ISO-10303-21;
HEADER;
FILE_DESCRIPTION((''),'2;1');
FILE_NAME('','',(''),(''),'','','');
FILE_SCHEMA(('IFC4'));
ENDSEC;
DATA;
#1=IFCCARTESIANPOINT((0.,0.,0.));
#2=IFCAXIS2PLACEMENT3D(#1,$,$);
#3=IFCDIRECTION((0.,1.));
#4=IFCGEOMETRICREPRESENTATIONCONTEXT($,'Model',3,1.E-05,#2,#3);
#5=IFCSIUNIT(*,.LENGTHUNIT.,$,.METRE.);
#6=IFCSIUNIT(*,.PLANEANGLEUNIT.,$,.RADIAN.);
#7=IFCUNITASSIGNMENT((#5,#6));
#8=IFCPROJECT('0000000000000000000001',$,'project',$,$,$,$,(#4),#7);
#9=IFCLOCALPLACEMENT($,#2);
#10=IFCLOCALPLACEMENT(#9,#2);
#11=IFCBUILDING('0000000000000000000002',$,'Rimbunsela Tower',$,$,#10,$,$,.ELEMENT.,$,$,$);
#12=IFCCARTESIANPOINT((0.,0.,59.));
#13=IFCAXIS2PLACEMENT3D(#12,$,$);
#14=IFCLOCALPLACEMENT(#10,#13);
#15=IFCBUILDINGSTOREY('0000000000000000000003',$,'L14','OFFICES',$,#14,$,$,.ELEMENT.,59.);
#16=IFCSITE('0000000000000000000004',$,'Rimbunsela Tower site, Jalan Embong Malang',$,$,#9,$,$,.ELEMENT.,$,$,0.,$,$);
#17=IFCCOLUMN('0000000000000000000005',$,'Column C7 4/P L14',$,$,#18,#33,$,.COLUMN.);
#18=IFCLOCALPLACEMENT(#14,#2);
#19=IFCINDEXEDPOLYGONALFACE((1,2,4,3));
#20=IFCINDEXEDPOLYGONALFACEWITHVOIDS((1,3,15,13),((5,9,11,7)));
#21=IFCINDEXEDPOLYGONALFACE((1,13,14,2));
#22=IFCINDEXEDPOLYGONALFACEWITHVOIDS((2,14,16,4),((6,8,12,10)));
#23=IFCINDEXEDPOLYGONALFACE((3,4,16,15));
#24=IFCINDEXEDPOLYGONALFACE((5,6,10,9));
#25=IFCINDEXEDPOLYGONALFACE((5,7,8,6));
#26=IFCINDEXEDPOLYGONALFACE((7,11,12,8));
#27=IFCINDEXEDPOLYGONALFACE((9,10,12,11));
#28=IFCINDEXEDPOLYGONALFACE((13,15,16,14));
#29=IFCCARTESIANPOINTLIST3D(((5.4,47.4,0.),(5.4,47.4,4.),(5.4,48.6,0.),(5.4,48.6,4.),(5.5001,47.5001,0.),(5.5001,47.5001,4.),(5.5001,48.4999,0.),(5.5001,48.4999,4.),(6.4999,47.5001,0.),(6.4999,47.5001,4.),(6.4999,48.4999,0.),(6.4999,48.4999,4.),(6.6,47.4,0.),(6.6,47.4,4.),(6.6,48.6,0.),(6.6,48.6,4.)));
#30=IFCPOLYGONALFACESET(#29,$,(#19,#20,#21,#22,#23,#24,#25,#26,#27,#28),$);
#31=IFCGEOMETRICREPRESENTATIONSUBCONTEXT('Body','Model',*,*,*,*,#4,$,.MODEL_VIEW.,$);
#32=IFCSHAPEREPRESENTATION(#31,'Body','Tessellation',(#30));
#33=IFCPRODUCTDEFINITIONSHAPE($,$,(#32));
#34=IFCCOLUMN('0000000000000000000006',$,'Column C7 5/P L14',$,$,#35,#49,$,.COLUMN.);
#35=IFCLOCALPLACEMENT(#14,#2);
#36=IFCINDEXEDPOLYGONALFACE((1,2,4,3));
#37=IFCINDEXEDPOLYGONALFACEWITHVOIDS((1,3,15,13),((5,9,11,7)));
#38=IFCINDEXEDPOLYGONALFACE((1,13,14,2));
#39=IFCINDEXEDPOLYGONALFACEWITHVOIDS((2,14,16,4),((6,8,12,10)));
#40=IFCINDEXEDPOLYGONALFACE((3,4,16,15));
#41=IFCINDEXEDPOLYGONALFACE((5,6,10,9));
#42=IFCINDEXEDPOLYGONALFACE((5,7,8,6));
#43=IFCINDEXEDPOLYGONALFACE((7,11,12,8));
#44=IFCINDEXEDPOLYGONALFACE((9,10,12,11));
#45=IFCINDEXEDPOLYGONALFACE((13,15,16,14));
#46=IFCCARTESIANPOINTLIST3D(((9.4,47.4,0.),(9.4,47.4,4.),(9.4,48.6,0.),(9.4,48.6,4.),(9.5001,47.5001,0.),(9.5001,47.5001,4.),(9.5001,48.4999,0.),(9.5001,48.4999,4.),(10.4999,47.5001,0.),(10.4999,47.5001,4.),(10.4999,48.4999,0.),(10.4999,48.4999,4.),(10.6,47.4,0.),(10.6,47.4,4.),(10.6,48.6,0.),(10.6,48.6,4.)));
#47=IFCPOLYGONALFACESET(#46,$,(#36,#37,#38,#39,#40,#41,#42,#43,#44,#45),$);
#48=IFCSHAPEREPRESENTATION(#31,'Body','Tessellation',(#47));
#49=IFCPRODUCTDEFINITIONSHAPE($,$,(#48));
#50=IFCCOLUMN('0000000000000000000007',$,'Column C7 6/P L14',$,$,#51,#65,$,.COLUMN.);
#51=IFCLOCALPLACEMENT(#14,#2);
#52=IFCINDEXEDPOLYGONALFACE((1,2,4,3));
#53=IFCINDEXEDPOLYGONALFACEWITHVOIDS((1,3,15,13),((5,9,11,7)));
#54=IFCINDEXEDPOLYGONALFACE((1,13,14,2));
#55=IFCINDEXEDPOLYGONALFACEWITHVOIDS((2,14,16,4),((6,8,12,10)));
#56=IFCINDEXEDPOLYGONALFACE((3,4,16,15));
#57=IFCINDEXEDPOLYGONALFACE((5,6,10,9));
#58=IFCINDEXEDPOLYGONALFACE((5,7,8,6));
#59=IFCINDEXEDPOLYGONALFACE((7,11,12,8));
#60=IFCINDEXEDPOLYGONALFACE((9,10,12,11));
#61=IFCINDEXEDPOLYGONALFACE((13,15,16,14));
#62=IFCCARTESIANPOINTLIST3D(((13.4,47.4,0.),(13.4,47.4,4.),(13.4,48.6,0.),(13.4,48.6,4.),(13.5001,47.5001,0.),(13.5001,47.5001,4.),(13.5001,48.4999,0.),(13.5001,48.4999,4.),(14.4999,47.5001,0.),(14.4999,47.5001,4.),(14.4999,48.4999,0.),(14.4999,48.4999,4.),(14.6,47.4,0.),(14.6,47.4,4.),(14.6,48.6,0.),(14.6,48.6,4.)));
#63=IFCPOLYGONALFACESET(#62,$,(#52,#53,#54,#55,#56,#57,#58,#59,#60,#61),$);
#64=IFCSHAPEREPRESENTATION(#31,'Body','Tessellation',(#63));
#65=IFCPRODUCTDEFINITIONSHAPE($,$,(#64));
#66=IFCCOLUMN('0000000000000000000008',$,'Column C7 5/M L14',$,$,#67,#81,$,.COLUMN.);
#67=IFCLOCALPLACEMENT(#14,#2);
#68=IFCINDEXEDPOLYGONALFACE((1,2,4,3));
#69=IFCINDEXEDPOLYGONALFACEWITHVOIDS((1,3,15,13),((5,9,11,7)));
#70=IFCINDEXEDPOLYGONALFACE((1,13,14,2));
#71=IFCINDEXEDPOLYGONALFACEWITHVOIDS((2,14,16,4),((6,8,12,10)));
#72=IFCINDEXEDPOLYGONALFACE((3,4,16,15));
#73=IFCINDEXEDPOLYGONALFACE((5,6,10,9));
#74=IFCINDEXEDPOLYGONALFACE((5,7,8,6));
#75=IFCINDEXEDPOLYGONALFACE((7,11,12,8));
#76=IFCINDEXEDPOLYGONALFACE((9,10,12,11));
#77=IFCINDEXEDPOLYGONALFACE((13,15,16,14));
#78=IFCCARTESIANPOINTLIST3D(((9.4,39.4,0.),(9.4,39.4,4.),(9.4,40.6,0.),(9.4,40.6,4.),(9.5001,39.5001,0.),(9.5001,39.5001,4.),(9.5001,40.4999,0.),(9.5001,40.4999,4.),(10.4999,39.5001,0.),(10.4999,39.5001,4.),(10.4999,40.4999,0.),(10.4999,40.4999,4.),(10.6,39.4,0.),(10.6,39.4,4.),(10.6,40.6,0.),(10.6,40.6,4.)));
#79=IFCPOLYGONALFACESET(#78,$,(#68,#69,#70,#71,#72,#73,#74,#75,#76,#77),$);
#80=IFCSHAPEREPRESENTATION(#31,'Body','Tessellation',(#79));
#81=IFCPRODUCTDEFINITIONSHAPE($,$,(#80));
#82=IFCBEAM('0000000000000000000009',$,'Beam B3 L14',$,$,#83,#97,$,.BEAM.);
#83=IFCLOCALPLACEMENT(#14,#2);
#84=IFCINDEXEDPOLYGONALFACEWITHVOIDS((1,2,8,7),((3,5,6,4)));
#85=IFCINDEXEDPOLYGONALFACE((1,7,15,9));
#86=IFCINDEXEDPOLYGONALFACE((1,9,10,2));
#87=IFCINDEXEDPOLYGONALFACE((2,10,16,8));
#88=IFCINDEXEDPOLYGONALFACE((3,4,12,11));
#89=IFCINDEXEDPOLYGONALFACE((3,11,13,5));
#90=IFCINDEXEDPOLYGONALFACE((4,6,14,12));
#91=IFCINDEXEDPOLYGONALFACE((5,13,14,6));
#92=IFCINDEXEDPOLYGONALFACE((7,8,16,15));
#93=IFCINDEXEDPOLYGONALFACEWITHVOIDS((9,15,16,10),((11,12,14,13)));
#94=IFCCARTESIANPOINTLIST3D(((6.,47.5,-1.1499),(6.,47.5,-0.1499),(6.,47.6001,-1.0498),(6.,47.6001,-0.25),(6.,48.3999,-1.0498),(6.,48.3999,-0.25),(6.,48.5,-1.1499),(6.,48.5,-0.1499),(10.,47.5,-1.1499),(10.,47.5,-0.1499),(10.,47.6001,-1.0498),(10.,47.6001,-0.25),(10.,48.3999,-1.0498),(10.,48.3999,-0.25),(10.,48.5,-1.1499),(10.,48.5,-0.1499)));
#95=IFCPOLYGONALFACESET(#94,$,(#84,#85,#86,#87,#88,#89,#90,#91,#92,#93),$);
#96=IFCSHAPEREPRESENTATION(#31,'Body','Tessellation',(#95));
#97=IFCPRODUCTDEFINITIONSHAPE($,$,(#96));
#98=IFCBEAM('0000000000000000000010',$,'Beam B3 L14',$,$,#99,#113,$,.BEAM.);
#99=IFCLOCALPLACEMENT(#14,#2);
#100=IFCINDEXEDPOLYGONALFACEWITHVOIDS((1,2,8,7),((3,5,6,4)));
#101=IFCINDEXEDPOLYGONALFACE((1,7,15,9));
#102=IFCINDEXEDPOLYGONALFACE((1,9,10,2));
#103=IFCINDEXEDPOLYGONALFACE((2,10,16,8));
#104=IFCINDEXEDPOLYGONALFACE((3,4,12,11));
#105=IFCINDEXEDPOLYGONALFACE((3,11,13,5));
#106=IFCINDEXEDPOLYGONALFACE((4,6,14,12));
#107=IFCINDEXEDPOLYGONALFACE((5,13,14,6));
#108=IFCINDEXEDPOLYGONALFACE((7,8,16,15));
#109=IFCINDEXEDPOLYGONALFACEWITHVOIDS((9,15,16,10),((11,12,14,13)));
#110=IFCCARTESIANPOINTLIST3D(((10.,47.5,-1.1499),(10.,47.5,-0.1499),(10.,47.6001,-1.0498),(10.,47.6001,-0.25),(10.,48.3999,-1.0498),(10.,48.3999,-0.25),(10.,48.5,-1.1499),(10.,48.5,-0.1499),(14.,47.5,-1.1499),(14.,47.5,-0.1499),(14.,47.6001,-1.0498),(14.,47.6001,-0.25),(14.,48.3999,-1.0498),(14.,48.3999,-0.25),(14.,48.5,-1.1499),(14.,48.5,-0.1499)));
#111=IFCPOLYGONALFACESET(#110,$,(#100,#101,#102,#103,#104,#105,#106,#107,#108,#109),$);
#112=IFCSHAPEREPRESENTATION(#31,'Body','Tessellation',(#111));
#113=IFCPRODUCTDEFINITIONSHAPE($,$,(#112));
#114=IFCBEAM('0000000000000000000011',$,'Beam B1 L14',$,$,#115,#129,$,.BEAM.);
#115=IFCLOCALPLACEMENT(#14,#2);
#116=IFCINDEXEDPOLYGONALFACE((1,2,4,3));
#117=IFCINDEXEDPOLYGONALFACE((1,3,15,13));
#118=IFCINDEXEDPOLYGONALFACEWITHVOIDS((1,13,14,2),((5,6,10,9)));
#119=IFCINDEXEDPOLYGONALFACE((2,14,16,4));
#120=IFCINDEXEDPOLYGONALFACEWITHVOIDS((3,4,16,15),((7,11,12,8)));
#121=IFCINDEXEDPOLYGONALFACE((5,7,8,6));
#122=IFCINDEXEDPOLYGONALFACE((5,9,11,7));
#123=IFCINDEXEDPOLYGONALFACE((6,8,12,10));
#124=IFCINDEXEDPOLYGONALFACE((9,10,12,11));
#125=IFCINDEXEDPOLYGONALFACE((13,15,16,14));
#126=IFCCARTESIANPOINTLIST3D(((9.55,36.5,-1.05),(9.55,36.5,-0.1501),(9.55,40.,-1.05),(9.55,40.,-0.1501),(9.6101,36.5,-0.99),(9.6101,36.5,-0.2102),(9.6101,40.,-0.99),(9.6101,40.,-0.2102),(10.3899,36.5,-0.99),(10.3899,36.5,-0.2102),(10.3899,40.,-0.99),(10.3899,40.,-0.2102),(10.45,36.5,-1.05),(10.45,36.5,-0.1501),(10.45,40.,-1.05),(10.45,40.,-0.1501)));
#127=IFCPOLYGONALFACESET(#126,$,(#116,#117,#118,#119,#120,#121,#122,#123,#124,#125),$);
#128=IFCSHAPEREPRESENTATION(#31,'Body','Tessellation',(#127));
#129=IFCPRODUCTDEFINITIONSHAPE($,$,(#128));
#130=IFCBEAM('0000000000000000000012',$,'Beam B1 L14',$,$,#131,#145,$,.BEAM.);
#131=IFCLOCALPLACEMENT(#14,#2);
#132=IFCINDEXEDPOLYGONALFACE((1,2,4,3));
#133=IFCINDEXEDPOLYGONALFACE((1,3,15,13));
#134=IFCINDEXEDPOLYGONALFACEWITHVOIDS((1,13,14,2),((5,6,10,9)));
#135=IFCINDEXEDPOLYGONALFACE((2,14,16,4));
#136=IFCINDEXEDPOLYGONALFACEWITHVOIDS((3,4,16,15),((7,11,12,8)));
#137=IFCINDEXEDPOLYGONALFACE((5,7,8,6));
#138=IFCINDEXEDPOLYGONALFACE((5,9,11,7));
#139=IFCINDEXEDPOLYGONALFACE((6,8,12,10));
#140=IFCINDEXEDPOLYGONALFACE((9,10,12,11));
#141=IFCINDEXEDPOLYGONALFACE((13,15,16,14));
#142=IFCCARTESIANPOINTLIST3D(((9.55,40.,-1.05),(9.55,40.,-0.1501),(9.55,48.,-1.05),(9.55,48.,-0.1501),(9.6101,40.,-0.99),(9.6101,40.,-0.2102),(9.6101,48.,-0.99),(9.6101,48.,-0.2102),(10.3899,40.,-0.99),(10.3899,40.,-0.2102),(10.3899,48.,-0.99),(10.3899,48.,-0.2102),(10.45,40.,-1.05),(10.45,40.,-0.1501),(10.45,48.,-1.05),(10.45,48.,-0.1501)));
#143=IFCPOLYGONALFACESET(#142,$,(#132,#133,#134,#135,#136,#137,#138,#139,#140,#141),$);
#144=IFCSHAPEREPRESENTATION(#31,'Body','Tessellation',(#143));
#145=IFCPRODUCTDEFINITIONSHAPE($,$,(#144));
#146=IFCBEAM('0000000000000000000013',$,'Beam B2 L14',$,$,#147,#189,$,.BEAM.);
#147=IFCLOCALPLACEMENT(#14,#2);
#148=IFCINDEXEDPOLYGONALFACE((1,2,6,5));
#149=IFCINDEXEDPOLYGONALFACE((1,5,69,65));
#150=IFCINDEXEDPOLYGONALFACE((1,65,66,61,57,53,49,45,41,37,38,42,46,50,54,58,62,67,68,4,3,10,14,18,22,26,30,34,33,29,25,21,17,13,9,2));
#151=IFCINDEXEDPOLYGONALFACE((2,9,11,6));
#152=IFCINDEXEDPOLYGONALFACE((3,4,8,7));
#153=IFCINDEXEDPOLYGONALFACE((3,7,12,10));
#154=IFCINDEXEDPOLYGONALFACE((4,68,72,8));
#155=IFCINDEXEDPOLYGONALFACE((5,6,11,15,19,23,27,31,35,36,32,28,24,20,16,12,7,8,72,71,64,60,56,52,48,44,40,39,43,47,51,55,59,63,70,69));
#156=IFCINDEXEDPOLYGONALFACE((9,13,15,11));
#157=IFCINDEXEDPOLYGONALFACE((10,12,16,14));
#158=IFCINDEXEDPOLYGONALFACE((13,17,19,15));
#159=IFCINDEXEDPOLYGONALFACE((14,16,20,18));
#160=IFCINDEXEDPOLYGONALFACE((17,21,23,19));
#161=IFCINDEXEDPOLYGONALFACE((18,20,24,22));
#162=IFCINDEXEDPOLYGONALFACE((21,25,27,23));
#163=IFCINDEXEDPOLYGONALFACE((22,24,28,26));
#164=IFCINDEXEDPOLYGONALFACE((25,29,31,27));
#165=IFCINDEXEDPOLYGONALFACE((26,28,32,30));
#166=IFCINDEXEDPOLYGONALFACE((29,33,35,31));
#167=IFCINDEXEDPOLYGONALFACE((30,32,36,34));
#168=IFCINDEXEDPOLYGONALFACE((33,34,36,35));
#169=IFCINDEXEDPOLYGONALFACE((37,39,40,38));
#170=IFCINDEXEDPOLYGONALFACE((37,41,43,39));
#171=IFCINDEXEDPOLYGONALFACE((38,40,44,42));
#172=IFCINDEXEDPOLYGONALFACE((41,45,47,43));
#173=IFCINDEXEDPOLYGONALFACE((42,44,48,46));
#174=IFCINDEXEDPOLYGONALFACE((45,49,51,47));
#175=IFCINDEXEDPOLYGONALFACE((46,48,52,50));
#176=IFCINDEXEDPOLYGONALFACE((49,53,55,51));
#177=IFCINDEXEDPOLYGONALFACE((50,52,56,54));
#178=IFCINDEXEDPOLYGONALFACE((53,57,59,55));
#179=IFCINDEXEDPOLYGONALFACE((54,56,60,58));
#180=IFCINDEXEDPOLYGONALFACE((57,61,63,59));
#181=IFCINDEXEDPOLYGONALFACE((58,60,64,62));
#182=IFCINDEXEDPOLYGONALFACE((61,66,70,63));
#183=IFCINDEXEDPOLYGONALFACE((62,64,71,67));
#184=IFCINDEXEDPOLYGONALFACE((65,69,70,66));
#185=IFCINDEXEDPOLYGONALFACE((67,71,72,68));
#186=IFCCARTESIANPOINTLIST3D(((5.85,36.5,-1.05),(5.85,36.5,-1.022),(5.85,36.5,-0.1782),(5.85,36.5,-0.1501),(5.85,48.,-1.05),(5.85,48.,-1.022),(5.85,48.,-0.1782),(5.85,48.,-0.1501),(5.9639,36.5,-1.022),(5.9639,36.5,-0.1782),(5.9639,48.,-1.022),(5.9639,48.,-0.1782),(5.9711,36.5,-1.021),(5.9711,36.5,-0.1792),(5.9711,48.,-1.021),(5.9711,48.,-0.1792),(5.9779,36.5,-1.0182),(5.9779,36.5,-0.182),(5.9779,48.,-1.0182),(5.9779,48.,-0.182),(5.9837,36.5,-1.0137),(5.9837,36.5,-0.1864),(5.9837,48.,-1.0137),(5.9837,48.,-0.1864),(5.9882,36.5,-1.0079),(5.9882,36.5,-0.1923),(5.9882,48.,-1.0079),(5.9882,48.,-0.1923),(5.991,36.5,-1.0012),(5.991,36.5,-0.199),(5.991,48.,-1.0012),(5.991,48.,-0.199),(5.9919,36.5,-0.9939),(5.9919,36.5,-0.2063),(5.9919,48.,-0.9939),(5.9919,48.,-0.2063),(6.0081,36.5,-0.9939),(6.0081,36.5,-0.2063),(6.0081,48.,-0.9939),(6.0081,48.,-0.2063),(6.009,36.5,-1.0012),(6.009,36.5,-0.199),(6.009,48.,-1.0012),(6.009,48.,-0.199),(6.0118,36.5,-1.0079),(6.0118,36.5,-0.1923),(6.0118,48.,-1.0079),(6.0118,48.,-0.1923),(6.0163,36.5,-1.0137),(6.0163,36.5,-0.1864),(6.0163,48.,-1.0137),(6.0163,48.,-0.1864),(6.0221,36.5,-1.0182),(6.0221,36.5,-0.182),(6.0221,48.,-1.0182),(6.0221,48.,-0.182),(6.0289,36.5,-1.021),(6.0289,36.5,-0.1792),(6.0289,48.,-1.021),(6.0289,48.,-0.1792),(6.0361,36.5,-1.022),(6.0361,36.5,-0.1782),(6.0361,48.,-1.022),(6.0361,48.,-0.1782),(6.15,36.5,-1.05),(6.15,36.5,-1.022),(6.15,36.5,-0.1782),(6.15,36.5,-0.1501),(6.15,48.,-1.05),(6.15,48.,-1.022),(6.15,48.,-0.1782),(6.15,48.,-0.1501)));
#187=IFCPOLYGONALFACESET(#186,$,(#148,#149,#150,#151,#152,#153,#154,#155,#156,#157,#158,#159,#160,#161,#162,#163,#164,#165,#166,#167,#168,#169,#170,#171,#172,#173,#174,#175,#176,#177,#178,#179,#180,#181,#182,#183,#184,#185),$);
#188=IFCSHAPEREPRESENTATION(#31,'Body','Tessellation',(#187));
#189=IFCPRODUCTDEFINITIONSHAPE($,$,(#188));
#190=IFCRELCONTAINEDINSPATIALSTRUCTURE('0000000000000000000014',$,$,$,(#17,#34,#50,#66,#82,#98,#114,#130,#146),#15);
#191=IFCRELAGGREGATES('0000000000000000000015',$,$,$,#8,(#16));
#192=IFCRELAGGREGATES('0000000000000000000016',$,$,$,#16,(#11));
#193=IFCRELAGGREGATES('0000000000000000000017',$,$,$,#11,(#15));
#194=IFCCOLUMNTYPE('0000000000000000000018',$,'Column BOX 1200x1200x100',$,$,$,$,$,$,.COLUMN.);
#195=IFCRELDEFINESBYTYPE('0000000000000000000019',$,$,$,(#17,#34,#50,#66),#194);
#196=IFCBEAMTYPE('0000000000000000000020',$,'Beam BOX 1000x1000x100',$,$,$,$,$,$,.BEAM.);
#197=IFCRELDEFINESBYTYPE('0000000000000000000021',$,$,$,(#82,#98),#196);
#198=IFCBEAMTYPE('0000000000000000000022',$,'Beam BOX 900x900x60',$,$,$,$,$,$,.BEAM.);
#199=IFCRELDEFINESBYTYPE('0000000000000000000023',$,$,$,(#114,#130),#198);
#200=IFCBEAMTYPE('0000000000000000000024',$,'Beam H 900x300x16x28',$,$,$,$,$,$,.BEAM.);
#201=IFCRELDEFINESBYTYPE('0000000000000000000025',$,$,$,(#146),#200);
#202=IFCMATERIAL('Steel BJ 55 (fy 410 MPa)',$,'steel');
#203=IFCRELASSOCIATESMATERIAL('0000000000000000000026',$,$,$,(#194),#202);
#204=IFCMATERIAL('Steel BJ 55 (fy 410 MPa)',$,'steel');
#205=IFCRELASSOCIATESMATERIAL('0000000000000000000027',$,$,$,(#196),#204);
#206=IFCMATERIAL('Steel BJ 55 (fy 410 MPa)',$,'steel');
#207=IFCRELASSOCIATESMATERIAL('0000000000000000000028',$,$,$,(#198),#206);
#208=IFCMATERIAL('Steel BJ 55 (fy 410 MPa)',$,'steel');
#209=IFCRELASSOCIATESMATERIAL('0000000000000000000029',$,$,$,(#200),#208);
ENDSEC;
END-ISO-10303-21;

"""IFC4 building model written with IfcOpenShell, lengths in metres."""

from ifc_helpers import new_model, si_unit, direction, frame, origin, origin_2d, place, context, subcontext, project, spatial, hollow_rectangle, i_section, extrude, material, material_profile, profile_set, type_object, element, save


model = new_model("IFC4")

# Units and contexts
model_context = context("Model", 3, precision=1e-05, world=origin(), true_north=direction((0.0, 1.0)))
body_context = subcontext(model_context, "Body", "Model", "MODEL_VIEW")
ifc_project = project(units=[si_unit("LENGTHUNIT", "METRE"), si_unit("PLANEANGLEUNIT", "RADIAN")], contexts=[model_context])

# Site, building, storey
site_placement = place(None, origin())
site = spatial("IfcSite", under=ifc_project, at=site_placement, Name="Rimbunsela Tower site, Jalan Embong Malang", CompositionType="ELEMENT", RefElevation=0.0)
building_placement = place(site_placement, origin())
building = spatial("IfcBuilding", under=site, at=building_placement, Name="Rimbunsela Tower", CompositionType="ELEMENT")
storey_placement = place(building_placement, frame((0.0, 0.0, 59.0)))
storey = spatial("IfcBuildingStorey", under=building, at=storey_placement, Name="L14", Description="OFFICES", CompositionType="ELEMENT", Elevation=59.0)

# Columns
ifc_material_1 = material(Name="Steel BJ 55 (fy 410 MPa)", Category="steel")
ifc_material_profile_1 = material_profile(ifc_material_1, hollow_rectangle(XDim=1.2, YDim=1.2, WallThickness=0.1001, at=origin_2d()), Name="BOX 1200x1200x100")
ifc_profile_set_1 = profile_set([ifc_material_profile_1], Name="Steel BJ 55 (fy 410 MPa)")
column_type = type_object("IfcColumnType", Name="Column BOX 1200x1200x100", PredefinedType="COLUMN", material=ifc_profile_set_1)
for number, where, z_axis, x_axis, name in (
    (1, (6.0, 48.0, 0.0), (0.0, 0.0, 1.0), (1.0, 0.0, 0.0), "Column C7 4/P L14"),
    (2, (10.0, 48.0, 0.0), (0.0, 0.0, 1.0), (1.0, 0.0, 0.0), "Column C7 5/P L14"),
    (3, (14.0, 48.0, 0.0), (0.0, 0.0, 1.0), (1.0, 0.0, 0.0), "Column C7 6/P L14"),
    (4, (10.0, 40.0, 0.0), (0.0, 0.0, 1.0), (1.0, 0.0, 0.0), "Column C7 5/M L14"),
):
    element("IfcColumn", number, at=place(storey_placement, frame(where, z_axis=z_axis, x_axis=x_axis)), inside=storey, type_object=column_type, Name=name, PredefinedType="COLUMN", context=body_context, shape_type="SweptSolid", body=[
        extrude(hollow_rectangle(XDim=1.2, YDim=1.2, WallThickness=0.1001, at=origin_2d()), origin(), (0.0, 0.0, 1.0), 4.0),
    ])

# Beams
ifc_material_2 = material(Name="Steel BJ 55 (fy 410 MPa)", Category="steel")
ifc_material_profile_2 = material_profile(ifc_material_2, hollow_rectangle(XDim=1.0, YDim=1.0, WallThickness=0.1001, at=origin_2d()), Name="BOX 1000x1000x100")
ifc_profile_set_2 = profile_set([ifc_material_profile_2], Name="Steel BJ 55 (fy 410 MPa)")
beam_type_1 = type_object("IfcBeamType", Name="Beam BOX 1000x1000x100", PredefinedType="BEAM", material=ifc_profile_set_2)
for number, where, z_axis, x_axis, name in (
    (5, (6.0, 48.0, -0.6499), (1.0, 0.0, 0.0), (0.0, 1.0, 0.0), "Beam B3 L14"),
    (6, (10.0, 48.0, -0.6499), (1.0, 0.0, 0.0), (0.0, 1.0, 0.0), "Beam B3 L14"),
):
    element("IfcBeam", number, at=place(storey_placement, frame(where, z_axis=z_axis, x_axis=x_axis)), inside=storey, type_object=beam_type_1, Name=name, PredefinedType="BEAM", context=body_context, shape_type="SweptSolid", body=[
        extrude(hollow_rectangle(XDim=1.0, YDim=1.0, WallThickness=0.1001, at=origin_2d()), origin(), (0.0, 0.0, 1.0), 4.0),
    ])
ifc_material_3 = material(Name="Steel BJ 55 (fy 410 MPa)", Category="steel")
ifc_material_profile_3 = material_profile(ifc_material_3, hollow_rectangle(XDim=0.8999, YDim=0.8999, WallThickness=0.0601, at=origin_2d()), Name="BOX 900x900x60")
ifc_profile_set_3 = profile_set([ifc_material_profile_3], Name="Steel BJ 55 (fy 410 MPa)")
beam_type_2 = type_object("IfcBeamType", Name="Beam BOX 900x900x60", PredefinedType="BEAM", material=ifc_profile_set_3)
beam_1_placement = place(storey_placement, frame((10.0, 36.5, -0.6001), z_axis=(0.0, 1.0, 0.0), x_axis=(-1.0, 0.0, 0.0)))
element("IfcBeam", 7, at=beam_1_placement, inside=storey, type_object=beam_type_2, Name="Beam B1 L14", PredefinedType="BEAM", context=body_context, shape_type="SweptSolid", body=[
    extrude(hollow_rectangle(XDim=0.8999, YDim=0.8999, WallThickness=0.0601, at=origin_2d()), origin(), (0.0, 0.0, 1.0), 3.5),
])
beam_2_placement = place(storey_placement, frame((10.0, 40.0, -0.6001), z_axis=(0.0, 1.0, 0.0), x_axis=(-1.0, 0.0, 0.0)))
element("IfcBeam", 8, at=beam_2_placement, inside=storey, type_object=beam_type_2, Name="Beam B1 L14", PredefinedType="BEAM", context=body_context, shape_type="SweptSolid", body=[
    extrude(hollow_rectangle(XDim=0.8999, YDim=0.8999, WallThickness=0.0601, at=origin_2d()), origin(), (0.0, 0.0, 1.0), 8.0),
])
ifc_material_4 = material(Name="Steel BJ 55 (fy 410 MPa)", Category="steel")
ifc_material_profile_4 = material_profile(ifc_material_4, i_section(OverallWidth=0.3, OverallDepth=0.8999, WebThickness=0.0161, FlangeThickness=0.0281, FilletRadius=0.0281, at=origin_2d()), Name="H 900x300x16x28")
ifc_profile_set_4 = profile_set([ifc_material_profile_4], Name="Steel BJ 55 (fy 410 MPa)")
beam_type_3 = type_object("IfcBeamType", Name="Beam H 900x300x16x28", PredefinedType="BEAM", material=ifc_profile_set_4)
for number, where, z_axis, x_axis, name in (
    (9, (6.0, 36.5, -0.6001), (0.0, 1.0, 0.0), (-1.0, 0.0, 0.0), "Beam B2 L14"),
):
    element("IfcBeam", number, at=place(storey_placement, frame(where, z_axis=z_axis, x_axis=x_axis)), inside=storey, type_object=beam_type_3, Name=name, PredefinedType="BEAM", context=body_context, shape_type="SweptSolid", body=[
        extrude(i_section(OverallWidth=0.3, OverallDepth=0.8999, WebThickness=0.0161, FlangeThickness=0.0281, FilletRadius=0.0281, at=origin_2d()), origin(), (0.0, 0.0, 1.0), 11.5),
    ])

save(model, "model.ifc")
